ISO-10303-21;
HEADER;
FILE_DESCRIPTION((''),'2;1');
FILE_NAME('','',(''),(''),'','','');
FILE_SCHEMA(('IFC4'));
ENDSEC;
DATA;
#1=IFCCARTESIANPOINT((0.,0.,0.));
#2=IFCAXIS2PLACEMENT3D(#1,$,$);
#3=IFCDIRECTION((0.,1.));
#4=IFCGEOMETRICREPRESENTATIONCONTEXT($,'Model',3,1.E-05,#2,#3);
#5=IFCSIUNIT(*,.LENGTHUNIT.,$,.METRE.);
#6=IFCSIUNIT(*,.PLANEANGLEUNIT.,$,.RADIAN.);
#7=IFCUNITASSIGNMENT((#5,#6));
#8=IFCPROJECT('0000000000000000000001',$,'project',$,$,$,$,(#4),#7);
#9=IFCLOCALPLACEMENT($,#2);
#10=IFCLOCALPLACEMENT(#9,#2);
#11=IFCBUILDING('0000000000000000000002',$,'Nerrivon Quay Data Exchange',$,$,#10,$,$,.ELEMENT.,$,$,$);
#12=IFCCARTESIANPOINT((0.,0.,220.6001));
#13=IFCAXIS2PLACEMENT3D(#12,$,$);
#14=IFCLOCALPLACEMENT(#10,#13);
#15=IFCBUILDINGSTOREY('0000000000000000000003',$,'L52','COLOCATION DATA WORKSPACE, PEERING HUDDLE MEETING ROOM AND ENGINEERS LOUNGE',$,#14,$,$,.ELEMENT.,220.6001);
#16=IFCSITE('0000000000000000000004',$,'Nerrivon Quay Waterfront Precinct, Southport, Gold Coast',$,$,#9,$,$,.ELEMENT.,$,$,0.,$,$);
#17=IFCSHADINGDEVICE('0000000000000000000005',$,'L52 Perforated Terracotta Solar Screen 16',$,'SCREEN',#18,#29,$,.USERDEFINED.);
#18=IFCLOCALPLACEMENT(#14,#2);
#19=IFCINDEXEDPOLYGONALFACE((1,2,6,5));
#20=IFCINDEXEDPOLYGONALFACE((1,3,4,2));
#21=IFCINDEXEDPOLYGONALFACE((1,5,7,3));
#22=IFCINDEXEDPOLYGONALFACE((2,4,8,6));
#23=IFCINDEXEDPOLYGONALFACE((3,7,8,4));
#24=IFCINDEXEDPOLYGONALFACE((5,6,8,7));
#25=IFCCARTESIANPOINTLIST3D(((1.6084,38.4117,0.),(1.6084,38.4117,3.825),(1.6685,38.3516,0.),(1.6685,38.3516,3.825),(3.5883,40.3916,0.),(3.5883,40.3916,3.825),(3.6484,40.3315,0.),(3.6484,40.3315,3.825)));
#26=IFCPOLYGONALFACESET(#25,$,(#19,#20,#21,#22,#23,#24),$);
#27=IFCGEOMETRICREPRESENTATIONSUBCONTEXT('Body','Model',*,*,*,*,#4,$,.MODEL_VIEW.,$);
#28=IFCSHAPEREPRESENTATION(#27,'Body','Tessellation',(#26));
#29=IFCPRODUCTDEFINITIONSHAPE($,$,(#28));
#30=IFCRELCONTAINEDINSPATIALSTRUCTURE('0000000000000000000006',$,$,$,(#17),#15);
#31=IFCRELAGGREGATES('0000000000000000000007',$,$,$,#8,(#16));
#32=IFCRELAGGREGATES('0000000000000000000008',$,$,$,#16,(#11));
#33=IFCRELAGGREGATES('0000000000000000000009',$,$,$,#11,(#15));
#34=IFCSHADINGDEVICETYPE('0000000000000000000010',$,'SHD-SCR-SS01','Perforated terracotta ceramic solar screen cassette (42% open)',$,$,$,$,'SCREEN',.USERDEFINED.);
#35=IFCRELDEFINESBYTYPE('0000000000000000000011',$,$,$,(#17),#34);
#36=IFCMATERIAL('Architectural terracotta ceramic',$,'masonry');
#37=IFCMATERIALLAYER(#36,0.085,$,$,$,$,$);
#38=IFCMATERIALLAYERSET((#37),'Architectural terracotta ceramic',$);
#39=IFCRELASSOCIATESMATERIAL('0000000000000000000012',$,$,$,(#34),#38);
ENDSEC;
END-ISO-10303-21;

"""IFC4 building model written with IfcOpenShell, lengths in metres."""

from ifc_helpers import new_model, si_unit, direction, frame, origin, origin_2d, place, context, subcontext, project, spatial, rectangle, extrude, material, layer, layer_set, type_object, element, save


model = new_model("IFC4")

# Units and contexts
model_context = context("Model", 3, precision=1e-05, world=origin(), true_north=direction((0.0, 1.0)))
body_context = subcontext(model_context, "Body", "Model", "MODEL_VIEW")
ifc_project = project(units=[si_unit("LENGTHUNIT", "METRE"), si_unit("PLANEANGLEUNIT", "RADIAN")], contexts=[model_context])

# Site, building, storey
site_placement = place(None, origin())
site = spatial("IfcSite", under=ifc_project, at=site_placement, Name="Nerrivon Quay Waterfront Precinct, Southport, Gold Coast", CompositionType="ELEMENT", RefElevation=0.0)
building_placement = place(site_placement, origin())
building = spatial("IfcBuilding", under=site, at=building_placement, Name="Nerrivon Quay Data Exchange", CompositionType="ELEMENT")
storey_placement = place(building_placement, frame((0.0, 0.0, 220.6001)))
storey = spatial("IfcBuildingStorey", under=building, at=storey_placement, Name="L52", Description="COLOCATION DATA WORKSPACE, PEERING HUDDLE MEETING ROOM AND ENGINEERS LOUNGE", CompositionType="ELEMENT", Elevation=220.6001)

# Shared definitions
ifc_material_1 = material(Name="Architectural terracotta ceramic", Category="masonry")

# Shading device
ifc_layer_1 = layer(ifc_material_1, 0.085)
ifc_layer_set_1 = layer_set([ifc_layer_1], Name="Architectural terracotta ceramic")
shading_device_type_1 = type_object("IfcShadingDeviceType", Name="SHD-SCR-SS01", Description="Perforated terracotta ceramic solar screen cassette (42% open)", ElementType="SCREEN", PredefinedType="USERDEFINED", material=ifc_layer_set_1)
shading_device_1_placement = place(storey_placement, frame((2.6284, 39.3716, 0.0), z_axis=(0.0, 0.0, 1.0), x_axis=(0.707107, 0.707107, 0.0)))
element("IfcShadingDevice", 1, at=shading_device_1_placement, inside=storey, type_object=shading_device_type_1, Name="L52 Perforated Terracotta Solar Screen 16", ObjectType="SCREEN", PredefinedType="USERDEFINED", context=body_context, shape_type="SweptSolid", body=[
    extrude(rectangle(XDim=2.8, YDim=0.085, at=origin_2d()), origin(), (0.0, 0.0, 1.0), 3.825),
])

save(model, "model.ifc")
